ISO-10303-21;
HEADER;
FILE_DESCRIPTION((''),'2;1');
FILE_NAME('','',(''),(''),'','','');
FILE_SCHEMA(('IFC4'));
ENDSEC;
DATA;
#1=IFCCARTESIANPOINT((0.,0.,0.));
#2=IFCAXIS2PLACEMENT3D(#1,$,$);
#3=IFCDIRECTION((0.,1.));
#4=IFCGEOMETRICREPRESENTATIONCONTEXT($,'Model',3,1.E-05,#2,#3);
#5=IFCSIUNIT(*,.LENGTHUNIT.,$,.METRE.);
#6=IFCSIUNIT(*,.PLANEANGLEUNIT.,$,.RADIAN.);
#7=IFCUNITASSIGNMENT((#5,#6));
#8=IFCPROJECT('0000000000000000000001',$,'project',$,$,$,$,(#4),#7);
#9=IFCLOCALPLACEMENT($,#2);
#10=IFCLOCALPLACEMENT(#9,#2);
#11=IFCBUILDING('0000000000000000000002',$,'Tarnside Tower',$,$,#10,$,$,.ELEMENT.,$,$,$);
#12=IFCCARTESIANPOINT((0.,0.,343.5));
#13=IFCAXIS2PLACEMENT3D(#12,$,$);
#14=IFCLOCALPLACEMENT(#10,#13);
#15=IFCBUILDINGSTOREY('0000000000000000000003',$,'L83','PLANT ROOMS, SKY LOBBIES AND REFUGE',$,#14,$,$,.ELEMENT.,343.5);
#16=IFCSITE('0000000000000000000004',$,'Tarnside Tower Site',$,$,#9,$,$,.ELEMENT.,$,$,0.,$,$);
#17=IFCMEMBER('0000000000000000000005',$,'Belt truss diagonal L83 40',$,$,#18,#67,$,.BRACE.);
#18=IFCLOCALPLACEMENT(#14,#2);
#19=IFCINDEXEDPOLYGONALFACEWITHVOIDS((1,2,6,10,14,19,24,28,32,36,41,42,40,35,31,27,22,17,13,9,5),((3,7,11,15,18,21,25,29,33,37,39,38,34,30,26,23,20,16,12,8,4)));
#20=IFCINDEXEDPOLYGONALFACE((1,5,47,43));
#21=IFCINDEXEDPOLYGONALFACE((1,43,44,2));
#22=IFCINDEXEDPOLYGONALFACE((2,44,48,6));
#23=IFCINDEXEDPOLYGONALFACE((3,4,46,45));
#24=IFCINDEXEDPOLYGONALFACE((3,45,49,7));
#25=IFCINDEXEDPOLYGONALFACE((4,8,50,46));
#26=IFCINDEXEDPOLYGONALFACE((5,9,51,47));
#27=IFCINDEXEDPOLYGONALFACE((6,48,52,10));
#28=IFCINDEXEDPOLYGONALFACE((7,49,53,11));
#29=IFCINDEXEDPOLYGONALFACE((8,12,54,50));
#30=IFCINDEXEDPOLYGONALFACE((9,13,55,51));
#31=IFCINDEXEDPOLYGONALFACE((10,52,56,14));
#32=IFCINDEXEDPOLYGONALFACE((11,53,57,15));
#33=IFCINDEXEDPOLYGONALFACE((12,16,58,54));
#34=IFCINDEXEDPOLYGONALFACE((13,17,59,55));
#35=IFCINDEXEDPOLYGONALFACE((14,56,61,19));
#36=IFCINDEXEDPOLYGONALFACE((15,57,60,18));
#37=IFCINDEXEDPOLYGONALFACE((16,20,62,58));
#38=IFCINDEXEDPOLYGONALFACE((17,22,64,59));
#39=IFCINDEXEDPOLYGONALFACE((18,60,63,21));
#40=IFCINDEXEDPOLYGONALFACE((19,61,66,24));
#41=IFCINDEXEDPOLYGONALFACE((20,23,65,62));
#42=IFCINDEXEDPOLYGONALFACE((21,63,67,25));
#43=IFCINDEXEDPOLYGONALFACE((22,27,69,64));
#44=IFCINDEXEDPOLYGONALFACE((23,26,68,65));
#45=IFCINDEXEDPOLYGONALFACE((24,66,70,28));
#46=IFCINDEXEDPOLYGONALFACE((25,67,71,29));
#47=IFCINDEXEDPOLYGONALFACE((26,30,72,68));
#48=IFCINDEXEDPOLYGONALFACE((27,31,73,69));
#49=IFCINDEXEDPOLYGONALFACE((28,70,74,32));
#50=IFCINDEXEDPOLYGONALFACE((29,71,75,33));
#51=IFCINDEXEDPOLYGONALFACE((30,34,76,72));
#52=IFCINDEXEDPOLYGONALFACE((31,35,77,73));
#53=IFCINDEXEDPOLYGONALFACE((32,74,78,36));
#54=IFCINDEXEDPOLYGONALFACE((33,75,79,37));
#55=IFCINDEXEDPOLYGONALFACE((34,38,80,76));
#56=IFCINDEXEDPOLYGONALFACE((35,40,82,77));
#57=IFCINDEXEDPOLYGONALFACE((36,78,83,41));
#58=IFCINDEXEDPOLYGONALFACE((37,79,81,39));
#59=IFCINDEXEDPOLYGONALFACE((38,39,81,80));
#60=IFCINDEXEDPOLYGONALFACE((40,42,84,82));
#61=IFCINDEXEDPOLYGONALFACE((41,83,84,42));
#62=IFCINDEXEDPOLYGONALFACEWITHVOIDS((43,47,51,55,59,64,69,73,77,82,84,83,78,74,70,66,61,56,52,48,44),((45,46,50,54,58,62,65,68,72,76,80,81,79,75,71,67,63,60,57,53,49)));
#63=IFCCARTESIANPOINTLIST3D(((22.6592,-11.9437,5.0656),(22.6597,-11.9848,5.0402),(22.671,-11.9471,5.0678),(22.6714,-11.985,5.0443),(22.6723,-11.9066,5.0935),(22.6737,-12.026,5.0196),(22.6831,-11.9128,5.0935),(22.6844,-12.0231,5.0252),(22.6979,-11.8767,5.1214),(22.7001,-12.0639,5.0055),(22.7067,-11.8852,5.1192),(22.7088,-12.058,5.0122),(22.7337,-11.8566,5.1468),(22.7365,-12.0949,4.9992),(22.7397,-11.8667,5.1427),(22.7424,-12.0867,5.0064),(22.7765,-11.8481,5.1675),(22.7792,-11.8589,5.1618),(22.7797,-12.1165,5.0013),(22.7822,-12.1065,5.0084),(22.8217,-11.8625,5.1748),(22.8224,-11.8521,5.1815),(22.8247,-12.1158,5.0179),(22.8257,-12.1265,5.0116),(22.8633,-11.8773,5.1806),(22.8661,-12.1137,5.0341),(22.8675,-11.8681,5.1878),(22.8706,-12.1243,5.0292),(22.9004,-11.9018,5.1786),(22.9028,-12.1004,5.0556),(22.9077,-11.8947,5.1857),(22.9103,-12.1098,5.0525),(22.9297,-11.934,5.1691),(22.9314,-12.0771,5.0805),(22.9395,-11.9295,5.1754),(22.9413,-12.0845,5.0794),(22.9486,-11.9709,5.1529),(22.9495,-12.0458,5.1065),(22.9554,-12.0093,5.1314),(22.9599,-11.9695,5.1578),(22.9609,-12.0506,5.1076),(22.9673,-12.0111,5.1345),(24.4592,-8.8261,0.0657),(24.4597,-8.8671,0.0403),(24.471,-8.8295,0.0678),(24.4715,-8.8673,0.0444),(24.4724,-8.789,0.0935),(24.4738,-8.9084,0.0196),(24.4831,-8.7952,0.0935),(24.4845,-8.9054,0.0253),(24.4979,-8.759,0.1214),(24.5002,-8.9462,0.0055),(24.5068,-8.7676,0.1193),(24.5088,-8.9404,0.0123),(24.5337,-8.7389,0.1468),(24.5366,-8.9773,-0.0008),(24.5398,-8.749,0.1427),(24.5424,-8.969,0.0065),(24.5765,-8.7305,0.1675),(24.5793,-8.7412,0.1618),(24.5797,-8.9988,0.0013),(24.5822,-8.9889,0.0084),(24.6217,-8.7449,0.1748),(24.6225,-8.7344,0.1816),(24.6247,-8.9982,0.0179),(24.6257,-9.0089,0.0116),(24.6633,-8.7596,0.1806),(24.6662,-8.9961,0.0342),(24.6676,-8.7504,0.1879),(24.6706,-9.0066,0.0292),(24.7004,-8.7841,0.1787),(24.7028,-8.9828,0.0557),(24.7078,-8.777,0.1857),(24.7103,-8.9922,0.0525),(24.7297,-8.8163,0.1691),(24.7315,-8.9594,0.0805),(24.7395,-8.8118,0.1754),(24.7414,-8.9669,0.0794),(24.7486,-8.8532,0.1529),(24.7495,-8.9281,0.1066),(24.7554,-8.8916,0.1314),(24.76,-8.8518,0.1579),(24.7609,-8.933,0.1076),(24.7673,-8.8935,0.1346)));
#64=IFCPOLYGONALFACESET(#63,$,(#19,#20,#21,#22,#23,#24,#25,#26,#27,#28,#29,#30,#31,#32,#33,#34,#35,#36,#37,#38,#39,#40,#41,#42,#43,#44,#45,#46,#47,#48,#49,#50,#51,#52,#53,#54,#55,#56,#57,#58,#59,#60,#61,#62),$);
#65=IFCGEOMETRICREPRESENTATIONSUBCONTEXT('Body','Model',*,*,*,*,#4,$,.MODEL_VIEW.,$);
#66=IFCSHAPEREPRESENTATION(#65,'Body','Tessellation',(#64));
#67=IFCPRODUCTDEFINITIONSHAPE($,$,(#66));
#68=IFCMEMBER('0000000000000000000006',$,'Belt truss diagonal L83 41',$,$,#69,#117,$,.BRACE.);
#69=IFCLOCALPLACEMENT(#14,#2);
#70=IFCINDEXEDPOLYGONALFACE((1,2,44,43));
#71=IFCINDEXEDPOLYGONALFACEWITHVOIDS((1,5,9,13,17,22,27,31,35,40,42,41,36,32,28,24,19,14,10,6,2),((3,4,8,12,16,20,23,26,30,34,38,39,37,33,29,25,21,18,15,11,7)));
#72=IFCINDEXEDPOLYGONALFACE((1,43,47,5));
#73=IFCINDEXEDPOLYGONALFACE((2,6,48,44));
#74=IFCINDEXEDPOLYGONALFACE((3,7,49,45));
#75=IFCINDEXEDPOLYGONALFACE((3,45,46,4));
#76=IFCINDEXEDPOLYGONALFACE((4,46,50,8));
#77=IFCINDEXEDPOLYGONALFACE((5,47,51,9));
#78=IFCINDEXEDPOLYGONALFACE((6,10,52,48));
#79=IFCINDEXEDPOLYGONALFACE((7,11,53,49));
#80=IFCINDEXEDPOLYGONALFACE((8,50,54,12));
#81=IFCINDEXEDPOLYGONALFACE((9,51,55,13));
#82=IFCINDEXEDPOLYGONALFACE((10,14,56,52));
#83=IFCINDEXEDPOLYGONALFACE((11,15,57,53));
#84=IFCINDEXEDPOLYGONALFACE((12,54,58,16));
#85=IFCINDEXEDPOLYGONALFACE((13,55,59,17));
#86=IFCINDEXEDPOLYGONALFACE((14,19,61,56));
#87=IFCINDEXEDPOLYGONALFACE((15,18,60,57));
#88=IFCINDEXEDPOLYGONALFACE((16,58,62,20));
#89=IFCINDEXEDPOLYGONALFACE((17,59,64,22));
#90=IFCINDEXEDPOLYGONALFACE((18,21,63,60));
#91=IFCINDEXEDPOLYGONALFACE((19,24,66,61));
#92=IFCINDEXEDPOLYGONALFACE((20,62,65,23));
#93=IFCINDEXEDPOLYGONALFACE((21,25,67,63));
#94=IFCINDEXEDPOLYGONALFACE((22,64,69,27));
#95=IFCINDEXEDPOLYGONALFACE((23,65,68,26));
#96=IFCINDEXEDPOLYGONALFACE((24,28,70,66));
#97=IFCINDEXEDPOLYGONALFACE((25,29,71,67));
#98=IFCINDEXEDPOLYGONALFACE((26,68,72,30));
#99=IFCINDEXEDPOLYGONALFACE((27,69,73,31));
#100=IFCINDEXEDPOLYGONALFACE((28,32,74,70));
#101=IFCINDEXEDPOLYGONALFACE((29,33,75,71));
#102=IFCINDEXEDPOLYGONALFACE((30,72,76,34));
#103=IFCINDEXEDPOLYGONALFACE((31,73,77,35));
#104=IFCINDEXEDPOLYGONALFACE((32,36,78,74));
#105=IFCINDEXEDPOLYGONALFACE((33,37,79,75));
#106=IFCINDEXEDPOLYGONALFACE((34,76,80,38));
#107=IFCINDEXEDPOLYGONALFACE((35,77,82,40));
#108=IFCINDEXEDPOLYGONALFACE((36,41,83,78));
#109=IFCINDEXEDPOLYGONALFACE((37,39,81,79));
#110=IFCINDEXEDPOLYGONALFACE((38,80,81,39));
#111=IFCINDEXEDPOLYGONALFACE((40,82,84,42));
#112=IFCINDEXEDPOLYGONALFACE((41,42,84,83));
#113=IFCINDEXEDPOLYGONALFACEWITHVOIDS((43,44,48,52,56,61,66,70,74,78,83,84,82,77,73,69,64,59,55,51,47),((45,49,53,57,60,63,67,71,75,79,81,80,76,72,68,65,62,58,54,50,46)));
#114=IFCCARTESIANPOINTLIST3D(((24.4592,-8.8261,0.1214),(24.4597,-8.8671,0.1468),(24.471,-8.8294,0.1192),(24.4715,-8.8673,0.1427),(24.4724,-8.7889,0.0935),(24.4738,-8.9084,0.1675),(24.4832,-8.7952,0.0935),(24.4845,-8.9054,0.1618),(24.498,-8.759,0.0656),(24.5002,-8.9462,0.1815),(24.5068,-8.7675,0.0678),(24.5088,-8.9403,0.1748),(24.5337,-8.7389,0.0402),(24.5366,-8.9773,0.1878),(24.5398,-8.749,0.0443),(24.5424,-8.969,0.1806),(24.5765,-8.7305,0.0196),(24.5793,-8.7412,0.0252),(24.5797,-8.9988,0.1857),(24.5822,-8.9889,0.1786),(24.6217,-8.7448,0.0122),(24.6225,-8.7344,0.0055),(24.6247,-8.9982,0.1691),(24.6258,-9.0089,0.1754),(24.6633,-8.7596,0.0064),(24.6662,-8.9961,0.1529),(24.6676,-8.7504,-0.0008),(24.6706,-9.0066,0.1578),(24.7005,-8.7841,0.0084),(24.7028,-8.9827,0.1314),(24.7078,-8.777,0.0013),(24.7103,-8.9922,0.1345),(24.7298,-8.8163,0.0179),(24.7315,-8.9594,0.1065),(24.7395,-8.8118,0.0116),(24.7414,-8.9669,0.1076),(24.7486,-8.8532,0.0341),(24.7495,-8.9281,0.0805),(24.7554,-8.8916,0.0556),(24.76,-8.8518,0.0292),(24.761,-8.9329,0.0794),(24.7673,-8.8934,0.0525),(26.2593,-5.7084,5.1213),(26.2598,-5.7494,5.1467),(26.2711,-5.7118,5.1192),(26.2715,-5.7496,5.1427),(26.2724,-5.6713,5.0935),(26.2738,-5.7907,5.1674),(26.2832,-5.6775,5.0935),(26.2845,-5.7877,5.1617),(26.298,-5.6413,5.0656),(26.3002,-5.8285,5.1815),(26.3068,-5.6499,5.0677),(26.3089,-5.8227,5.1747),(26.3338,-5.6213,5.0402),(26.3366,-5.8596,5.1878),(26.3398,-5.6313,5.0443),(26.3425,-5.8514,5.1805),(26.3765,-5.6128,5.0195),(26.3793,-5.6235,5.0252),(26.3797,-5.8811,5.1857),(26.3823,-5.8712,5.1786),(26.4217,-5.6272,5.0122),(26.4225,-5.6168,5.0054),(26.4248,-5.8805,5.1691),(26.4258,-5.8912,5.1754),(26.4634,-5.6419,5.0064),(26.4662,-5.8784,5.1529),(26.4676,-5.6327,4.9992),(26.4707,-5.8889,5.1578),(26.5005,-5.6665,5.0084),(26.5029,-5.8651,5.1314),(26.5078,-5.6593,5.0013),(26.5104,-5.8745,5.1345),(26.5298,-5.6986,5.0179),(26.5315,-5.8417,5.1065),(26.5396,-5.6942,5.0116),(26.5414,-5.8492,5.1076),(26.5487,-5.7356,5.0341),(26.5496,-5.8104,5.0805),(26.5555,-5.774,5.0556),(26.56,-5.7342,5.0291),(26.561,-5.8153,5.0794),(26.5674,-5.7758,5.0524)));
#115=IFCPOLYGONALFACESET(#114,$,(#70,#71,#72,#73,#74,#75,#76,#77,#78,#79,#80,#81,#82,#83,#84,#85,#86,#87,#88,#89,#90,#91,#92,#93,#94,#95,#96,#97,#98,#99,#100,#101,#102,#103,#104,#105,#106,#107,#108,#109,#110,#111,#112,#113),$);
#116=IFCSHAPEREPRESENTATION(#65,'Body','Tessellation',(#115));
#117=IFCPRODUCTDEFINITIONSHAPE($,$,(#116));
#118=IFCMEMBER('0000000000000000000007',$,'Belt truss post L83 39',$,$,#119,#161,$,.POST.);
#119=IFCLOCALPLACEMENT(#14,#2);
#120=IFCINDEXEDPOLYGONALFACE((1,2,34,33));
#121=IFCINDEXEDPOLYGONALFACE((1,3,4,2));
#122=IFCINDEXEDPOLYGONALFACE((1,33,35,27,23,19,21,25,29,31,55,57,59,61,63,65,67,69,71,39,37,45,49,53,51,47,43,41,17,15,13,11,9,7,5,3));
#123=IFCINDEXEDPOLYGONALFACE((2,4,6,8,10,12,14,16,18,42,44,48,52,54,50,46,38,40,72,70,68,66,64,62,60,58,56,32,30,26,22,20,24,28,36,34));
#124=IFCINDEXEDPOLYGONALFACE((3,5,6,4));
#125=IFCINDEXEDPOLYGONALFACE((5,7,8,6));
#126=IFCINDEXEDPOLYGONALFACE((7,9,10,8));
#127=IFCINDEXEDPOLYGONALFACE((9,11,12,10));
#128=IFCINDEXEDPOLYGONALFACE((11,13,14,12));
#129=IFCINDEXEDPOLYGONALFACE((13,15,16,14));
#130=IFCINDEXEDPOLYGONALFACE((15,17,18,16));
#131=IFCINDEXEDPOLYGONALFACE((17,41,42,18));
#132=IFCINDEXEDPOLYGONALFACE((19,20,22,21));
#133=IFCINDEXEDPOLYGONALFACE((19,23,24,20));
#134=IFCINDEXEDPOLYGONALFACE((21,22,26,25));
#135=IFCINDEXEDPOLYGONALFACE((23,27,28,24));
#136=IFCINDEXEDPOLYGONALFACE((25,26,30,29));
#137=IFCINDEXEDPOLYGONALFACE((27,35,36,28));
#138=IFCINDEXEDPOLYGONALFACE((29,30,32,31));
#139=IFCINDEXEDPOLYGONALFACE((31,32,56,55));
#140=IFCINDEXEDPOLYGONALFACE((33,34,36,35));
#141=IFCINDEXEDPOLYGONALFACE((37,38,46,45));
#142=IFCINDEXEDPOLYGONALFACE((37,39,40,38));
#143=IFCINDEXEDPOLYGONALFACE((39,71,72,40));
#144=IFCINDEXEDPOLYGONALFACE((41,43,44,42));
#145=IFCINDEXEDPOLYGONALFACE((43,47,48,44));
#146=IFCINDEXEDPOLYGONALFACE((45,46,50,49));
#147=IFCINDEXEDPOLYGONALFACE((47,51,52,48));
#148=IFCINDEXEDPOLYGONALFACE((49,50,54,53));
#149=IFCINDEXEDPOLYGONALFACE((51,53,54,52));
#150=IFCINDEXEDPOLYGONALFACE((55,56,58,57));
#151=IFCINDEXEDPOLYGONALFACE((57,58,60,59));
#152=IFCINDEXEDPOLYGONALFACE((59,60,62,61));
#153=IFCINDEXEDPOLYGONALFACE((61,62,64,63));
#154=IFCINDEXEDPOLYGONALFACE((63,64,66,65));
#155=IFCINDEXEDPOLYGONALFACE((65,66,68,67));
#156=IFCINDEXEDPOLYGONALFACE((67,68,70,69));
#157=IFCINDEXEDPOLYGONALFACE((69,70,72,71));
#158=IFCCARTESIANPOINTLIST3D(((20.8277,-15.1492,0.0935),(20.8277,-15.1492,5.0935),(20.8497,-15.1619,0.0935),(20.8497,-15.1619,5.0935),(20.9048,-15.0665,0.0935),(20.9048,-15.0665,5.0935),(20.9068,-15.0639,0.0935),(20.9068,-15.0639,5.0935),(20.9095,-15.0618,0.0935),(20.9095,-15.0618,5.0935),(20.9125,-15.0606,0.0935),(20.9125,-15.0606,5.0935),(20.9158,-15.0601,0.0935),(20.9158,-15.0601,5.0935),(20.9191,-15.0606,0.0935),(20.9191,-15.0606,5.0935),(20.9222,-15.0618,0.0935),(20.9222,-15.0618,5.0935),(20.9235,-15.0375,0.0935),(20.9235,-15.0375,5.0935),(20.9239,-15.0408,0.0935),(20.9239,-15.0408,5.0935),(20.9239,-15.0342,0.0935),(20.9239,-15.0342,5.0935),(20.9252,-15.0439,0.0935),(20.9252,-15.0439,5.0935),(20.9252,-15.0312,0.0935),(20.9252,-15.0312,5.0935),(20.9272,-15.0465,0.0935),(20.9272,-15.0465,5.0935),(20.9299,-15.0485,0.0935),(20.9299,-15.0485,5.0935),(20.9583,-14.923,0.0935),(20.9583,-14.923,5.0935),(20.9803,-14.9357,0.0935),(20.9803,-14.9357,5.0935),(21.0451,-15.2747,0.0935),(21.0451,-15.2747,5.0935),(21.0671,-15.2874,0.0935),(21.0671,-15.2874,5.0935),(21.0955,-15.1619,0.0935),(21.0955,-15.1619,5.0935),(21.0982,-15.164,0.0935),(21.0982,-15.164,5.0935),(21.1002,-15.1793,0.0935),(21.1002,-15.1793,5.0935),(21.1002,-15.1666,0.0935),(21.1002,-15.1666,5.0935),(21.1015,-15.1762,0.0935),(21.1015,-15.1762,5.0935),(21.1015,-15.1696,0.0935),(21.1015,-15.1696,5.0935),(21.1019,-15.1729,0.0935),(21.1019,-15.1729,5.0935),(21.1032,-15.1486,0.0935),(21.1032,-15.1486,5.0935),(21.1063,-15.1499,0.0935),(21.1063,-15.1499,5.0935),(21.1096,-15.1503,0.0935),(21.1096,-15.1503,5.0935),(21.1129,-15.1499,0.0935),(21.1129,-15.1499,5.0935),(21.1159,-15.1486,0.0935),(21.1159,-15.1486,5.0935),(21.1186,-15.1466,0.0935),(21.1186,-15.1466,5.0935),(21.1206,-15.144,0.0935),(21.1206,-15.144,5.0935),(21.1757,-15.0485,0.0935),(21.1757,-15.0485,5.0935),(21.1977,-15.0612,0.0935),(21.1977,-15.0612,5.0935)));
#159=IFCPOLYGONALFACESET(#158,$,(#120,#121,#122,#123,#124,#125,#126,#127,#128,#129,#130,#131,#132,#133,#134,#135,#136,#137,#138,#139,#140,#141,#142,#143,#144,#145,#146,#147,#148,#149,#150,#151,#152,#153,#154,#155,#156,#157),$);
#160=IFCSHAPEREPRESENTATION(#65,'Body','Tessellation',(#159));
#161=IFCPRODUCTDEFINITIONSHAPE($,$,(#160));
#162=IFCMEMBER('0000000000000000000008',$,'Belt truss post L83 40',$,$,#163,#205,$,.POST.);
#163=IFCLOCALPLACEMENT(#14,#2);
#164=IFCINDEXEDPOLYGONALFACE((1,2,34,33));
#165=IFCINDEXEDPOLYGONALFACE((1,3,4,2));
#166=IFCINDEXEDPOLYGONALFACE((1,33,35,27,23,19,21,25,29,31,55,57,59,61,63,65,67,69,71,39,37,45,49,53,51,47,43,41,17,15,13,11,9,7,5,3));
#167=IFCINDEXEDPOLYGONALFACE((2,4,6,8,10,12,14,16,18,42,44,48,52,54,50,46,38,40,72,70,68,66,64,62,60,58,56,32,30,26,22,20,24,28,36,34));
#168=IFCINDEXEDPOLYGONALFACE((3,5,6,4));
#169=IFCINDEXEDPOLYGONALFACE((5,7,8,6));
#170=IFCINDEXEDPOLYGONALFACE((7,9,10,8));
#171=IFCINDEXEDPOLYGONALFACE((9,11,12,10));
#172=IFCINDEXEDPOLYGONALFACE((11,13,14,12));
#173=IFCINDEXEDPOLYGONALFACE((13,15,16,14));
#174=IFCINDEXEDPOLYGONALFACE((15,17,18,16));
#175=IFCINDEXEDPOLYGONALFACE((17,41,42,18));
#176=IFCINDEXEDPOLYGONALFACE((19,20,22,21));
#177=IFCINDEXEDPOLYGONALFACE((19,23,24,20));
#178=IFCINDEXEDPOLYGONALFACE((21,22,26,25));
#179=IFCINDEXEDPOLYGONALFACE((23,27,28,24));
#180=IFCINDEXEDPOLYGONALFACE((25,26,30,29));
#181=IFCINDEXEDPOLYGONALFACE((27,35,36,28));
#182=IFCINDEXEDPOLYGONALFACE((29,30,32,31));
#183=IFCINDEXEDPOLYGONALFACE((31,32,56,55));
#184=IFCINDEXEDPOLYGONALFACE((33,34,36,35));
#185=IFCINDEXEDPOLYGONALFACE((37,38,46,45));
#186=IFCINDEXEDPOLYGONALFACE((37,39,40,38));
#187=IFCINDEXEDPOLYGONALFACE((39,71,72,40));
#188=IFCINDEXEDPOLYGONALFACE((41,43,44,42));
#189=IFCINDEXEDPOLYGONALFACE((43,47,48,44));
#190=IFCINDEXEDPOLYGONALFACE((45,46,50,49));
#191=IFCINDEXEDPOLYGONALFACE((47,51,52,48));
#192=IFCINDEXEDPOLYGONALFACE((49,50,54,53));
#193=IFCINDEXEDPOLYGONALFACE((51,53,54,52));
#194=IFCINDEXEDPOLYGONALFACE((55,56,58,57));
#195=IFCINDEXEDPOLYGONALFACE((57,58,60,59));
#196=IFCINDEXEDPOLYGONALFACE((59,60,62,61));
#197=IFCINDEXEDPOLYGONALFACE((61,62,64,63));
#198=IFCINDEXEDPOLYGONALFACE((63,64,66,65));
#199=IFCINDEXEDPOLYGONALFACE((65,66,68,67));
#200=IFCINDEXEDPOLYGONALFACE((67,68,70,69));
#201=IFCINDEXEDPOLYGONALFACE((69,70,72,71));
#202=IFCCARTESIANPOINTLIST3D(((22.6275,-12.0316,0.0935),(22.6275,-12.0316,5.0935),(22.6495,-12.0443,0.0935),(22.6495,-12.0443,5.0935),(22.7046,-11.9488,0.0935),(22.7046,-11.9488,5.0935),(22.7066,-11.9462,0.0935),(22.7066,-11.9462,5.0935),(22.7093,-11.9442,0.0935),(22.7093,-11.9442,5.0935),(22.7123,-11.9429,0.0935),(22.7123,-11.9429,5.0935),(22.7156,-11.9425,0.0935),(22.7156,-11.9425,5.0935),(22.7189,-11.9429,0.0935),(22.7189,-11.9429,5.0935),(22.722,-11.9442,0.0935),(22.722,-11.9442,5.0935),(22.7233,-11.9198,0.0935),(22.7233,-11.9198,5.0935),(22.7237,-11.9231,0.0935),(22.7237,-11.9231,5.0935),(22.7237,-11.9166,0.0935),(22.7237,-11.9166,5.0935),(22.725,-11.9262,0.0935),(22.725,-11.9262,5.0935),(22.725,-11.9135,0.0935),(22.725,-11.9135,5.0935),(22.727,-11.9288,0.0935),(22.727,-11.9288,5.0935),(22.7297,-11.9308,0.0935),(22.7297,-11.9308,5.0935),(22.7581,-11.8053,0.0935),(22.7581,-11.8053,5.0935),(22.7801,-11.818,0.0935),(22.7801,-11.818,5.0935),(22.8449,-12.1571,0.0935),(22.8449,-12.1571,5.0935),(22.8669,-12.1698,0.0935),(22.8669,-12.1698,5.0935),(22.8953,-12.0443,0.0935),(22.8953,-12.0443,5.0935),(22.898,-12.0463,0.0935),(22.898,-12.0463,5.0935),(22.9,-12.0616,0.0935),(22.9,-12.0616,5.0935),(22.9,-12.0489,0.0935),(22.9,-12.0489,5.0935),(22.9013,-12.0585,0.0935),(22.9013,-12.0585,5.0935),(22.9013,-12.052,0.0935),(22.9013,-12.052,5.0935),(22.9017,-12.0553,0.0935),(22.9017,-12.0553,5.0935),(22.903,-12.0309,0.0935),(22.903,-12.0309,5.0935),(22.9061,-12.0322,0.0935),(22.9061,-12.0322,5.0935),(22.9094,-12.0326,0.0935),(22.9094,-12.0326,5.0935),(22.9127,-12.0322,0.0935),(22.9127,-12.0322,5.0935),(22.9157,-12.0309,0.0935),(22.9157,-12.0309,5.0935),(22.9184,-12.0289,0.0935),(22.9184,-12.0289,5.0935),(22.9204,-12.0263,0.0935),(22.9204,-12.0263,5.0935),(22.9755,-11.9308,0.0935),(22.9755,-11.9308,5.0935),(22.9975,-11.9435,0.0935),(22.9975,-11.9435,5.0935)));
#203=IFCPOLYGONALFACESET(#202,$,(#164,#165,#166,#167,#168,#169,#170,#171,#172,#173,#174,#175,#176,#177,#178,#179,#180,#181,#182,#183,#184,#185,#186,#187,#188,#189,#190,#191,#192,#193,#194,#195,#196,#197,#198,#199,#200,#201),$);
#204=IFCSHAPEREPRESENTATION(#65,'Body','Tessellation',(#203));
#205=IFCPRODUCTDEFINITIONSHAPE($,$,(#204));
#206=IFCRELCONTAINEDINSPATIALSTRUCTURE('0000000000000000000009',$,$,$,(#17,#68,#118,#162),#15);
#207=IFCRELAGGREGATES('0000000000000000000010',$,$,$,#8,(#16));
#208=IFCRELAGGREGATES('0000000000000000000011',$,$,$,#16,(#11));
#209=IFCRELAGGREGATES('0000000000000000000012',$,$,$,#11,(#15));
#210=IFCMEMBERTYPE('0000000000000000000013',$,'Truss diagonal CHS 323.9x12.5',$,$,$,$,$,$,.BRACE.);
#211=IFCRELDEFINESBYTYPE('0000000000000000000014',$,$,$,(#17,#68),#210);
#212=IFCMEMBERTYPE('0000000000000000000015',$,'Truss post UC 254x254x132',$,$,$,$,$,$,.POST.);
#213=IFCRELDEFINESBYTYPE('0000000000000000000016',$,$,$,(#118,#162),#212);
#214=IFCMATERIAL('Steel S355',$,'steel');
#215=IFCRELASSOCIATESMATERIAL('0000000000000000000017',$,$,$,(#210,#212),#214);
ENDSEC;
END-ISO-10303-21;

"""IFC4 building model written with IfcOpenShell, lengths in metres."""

from ifc_helpers import new_model, si_unit, direction, frame, origin, origin_2d, place, context, subcontext, project, spatial, hollow_circle, i_section, extrude, material, material_profile, profile_set, type_object, element, save


model = new_model("IFC4")

# Units and contexts
model_context = context("Model", 3, precision=1e-05, world=origin(), true_north=direction((0.0, 1.0)))
body_context = subcontext(model_context, "Body", "Model", "MODEL_VIEW")
ifc_project = project(units=[si_unit("LENGTHUNIT", "METRE"), si_unit("PLANEANGLEUNIT", "RADIAN")], contexts=[model_context])

# Site, building, storey
site_placement = place(None, origin())
site = spatial("IfcSite", under=ifc_project, at=site_placement, Name="Tarnside Tower Site", CompositionType="ELEMENT", RefElevation=0.0)
building_placement = place(site_placement, origin())
building = spatial("IfcBuilding", under=site, at=building_placement, Name="Tarnside Tower", CompositionType="ELEMENT")
storey_placement = place(building_placement, frame((0.0, 0.0, 343.5)))
storey = spatial("IfcBuildingStorey", under=building, at=storey_placement, Name="L83", Description="PLANT ROOMS, SKY LOBBIES AND REFUGE", CompositionType="ELEMENT", Elevation=343.5)

# Shared definitions
ifc_material_1 = material(Name="Steel S355", Category="steel")

# Members
ifc_material_profile_1 = material_profile(ifc_material_1, hollow_circle(Radius=0.1619, WallThickness=0.0125, at=origin_2d()), Name="CHS 323.9x12.5")
ifc_profile_set_1 = profile_set([ifc_material_profile_1], Name="Steel S355")
member_type_1 = type_object("IfcMemberType", Name="Truss diagonal CHS 323.9x12.5", PredefinedType="BRACE", material=ifc_profile_set_1)
for number, where, z_axis, x_axis, name in (
    (1, (22.8125, -11.9875, 5.0935), (0.29216, 0.50602, -0.811534), (-0.866018, 0.500012, 0.0), "Belt truss diagonal L83 40"),
    (2, (24.6125, -8.8699, 0.0935), (0.29216, 0.50602, 0.811534), (-0.866018, 0.500012, 0.0), "Belt truss diagonal L83 41"),
):
    element("IfcMember", number, at=place(storey_placement, frame(where, z_axis=z_axis, x_axis=x_axis)), inside=storey, type_object=member_type_1, Name=name, PredefinedType="BRACE", context=body_context, shape_type="SweptSolid", body=[
        extrude(hollow_circle(Radius=0.1619, WallThickness=0.0125, at=origin_2d()), origin(), (0.0, 0.0, 1.0), 6.1611),
    ])
ifc_material_profile_2 = material_profile(ifc_material_1, i_section(OverallWidth=0.2612, OverallDepth=0.2764, WebThickness=0.0154, FlangeThickness=0.0254, FilletRadius=0.0127, at=origin_2d()), Name="UC 254x254x132")
ifc_profile_set_2 = profile_set([ifc_material_profile_2], Name="Steel S355")
member_type_2 = type_object("IfcMemberType", Name="Truss post UC 254x254x132", PredefinedType="POST", material=ifc_profile_set_2)
for number, where, z_axis, x_axis, name in (
    (3, (21.0127, -15.1052, 0.0935), (0.0, 0.0, 1.0), (0.5, 0.866025, 0.0), "Belt truss post L83 39"),
    (4, (22.8125, -11.9875, 0.0935), (0.0, 0.0, 1.0), (0.5, 0.866025, 0.0), "Belt truss post L83 40"),
):
    element("IfcMember", number, at=place(storey_placement, frame(where, z_axis=z_axis, x_axis=x_axis)), inside=storey, type_object=member_type_2, Name=name, PredefinedType="POST", context=body_context, shape_type="SweptSolid", body=[
        extrude(i_section(OverallWidth=0.2612, OverallDepth=0.2764, WebThickness=0.0154, FlangeThickness=0.0254, FilletRadius=0.0127, at=origin_2d()), origin(), (0.0, 0.0, 1.0), 5.0),
    ])

save(model, "model.ifc")
